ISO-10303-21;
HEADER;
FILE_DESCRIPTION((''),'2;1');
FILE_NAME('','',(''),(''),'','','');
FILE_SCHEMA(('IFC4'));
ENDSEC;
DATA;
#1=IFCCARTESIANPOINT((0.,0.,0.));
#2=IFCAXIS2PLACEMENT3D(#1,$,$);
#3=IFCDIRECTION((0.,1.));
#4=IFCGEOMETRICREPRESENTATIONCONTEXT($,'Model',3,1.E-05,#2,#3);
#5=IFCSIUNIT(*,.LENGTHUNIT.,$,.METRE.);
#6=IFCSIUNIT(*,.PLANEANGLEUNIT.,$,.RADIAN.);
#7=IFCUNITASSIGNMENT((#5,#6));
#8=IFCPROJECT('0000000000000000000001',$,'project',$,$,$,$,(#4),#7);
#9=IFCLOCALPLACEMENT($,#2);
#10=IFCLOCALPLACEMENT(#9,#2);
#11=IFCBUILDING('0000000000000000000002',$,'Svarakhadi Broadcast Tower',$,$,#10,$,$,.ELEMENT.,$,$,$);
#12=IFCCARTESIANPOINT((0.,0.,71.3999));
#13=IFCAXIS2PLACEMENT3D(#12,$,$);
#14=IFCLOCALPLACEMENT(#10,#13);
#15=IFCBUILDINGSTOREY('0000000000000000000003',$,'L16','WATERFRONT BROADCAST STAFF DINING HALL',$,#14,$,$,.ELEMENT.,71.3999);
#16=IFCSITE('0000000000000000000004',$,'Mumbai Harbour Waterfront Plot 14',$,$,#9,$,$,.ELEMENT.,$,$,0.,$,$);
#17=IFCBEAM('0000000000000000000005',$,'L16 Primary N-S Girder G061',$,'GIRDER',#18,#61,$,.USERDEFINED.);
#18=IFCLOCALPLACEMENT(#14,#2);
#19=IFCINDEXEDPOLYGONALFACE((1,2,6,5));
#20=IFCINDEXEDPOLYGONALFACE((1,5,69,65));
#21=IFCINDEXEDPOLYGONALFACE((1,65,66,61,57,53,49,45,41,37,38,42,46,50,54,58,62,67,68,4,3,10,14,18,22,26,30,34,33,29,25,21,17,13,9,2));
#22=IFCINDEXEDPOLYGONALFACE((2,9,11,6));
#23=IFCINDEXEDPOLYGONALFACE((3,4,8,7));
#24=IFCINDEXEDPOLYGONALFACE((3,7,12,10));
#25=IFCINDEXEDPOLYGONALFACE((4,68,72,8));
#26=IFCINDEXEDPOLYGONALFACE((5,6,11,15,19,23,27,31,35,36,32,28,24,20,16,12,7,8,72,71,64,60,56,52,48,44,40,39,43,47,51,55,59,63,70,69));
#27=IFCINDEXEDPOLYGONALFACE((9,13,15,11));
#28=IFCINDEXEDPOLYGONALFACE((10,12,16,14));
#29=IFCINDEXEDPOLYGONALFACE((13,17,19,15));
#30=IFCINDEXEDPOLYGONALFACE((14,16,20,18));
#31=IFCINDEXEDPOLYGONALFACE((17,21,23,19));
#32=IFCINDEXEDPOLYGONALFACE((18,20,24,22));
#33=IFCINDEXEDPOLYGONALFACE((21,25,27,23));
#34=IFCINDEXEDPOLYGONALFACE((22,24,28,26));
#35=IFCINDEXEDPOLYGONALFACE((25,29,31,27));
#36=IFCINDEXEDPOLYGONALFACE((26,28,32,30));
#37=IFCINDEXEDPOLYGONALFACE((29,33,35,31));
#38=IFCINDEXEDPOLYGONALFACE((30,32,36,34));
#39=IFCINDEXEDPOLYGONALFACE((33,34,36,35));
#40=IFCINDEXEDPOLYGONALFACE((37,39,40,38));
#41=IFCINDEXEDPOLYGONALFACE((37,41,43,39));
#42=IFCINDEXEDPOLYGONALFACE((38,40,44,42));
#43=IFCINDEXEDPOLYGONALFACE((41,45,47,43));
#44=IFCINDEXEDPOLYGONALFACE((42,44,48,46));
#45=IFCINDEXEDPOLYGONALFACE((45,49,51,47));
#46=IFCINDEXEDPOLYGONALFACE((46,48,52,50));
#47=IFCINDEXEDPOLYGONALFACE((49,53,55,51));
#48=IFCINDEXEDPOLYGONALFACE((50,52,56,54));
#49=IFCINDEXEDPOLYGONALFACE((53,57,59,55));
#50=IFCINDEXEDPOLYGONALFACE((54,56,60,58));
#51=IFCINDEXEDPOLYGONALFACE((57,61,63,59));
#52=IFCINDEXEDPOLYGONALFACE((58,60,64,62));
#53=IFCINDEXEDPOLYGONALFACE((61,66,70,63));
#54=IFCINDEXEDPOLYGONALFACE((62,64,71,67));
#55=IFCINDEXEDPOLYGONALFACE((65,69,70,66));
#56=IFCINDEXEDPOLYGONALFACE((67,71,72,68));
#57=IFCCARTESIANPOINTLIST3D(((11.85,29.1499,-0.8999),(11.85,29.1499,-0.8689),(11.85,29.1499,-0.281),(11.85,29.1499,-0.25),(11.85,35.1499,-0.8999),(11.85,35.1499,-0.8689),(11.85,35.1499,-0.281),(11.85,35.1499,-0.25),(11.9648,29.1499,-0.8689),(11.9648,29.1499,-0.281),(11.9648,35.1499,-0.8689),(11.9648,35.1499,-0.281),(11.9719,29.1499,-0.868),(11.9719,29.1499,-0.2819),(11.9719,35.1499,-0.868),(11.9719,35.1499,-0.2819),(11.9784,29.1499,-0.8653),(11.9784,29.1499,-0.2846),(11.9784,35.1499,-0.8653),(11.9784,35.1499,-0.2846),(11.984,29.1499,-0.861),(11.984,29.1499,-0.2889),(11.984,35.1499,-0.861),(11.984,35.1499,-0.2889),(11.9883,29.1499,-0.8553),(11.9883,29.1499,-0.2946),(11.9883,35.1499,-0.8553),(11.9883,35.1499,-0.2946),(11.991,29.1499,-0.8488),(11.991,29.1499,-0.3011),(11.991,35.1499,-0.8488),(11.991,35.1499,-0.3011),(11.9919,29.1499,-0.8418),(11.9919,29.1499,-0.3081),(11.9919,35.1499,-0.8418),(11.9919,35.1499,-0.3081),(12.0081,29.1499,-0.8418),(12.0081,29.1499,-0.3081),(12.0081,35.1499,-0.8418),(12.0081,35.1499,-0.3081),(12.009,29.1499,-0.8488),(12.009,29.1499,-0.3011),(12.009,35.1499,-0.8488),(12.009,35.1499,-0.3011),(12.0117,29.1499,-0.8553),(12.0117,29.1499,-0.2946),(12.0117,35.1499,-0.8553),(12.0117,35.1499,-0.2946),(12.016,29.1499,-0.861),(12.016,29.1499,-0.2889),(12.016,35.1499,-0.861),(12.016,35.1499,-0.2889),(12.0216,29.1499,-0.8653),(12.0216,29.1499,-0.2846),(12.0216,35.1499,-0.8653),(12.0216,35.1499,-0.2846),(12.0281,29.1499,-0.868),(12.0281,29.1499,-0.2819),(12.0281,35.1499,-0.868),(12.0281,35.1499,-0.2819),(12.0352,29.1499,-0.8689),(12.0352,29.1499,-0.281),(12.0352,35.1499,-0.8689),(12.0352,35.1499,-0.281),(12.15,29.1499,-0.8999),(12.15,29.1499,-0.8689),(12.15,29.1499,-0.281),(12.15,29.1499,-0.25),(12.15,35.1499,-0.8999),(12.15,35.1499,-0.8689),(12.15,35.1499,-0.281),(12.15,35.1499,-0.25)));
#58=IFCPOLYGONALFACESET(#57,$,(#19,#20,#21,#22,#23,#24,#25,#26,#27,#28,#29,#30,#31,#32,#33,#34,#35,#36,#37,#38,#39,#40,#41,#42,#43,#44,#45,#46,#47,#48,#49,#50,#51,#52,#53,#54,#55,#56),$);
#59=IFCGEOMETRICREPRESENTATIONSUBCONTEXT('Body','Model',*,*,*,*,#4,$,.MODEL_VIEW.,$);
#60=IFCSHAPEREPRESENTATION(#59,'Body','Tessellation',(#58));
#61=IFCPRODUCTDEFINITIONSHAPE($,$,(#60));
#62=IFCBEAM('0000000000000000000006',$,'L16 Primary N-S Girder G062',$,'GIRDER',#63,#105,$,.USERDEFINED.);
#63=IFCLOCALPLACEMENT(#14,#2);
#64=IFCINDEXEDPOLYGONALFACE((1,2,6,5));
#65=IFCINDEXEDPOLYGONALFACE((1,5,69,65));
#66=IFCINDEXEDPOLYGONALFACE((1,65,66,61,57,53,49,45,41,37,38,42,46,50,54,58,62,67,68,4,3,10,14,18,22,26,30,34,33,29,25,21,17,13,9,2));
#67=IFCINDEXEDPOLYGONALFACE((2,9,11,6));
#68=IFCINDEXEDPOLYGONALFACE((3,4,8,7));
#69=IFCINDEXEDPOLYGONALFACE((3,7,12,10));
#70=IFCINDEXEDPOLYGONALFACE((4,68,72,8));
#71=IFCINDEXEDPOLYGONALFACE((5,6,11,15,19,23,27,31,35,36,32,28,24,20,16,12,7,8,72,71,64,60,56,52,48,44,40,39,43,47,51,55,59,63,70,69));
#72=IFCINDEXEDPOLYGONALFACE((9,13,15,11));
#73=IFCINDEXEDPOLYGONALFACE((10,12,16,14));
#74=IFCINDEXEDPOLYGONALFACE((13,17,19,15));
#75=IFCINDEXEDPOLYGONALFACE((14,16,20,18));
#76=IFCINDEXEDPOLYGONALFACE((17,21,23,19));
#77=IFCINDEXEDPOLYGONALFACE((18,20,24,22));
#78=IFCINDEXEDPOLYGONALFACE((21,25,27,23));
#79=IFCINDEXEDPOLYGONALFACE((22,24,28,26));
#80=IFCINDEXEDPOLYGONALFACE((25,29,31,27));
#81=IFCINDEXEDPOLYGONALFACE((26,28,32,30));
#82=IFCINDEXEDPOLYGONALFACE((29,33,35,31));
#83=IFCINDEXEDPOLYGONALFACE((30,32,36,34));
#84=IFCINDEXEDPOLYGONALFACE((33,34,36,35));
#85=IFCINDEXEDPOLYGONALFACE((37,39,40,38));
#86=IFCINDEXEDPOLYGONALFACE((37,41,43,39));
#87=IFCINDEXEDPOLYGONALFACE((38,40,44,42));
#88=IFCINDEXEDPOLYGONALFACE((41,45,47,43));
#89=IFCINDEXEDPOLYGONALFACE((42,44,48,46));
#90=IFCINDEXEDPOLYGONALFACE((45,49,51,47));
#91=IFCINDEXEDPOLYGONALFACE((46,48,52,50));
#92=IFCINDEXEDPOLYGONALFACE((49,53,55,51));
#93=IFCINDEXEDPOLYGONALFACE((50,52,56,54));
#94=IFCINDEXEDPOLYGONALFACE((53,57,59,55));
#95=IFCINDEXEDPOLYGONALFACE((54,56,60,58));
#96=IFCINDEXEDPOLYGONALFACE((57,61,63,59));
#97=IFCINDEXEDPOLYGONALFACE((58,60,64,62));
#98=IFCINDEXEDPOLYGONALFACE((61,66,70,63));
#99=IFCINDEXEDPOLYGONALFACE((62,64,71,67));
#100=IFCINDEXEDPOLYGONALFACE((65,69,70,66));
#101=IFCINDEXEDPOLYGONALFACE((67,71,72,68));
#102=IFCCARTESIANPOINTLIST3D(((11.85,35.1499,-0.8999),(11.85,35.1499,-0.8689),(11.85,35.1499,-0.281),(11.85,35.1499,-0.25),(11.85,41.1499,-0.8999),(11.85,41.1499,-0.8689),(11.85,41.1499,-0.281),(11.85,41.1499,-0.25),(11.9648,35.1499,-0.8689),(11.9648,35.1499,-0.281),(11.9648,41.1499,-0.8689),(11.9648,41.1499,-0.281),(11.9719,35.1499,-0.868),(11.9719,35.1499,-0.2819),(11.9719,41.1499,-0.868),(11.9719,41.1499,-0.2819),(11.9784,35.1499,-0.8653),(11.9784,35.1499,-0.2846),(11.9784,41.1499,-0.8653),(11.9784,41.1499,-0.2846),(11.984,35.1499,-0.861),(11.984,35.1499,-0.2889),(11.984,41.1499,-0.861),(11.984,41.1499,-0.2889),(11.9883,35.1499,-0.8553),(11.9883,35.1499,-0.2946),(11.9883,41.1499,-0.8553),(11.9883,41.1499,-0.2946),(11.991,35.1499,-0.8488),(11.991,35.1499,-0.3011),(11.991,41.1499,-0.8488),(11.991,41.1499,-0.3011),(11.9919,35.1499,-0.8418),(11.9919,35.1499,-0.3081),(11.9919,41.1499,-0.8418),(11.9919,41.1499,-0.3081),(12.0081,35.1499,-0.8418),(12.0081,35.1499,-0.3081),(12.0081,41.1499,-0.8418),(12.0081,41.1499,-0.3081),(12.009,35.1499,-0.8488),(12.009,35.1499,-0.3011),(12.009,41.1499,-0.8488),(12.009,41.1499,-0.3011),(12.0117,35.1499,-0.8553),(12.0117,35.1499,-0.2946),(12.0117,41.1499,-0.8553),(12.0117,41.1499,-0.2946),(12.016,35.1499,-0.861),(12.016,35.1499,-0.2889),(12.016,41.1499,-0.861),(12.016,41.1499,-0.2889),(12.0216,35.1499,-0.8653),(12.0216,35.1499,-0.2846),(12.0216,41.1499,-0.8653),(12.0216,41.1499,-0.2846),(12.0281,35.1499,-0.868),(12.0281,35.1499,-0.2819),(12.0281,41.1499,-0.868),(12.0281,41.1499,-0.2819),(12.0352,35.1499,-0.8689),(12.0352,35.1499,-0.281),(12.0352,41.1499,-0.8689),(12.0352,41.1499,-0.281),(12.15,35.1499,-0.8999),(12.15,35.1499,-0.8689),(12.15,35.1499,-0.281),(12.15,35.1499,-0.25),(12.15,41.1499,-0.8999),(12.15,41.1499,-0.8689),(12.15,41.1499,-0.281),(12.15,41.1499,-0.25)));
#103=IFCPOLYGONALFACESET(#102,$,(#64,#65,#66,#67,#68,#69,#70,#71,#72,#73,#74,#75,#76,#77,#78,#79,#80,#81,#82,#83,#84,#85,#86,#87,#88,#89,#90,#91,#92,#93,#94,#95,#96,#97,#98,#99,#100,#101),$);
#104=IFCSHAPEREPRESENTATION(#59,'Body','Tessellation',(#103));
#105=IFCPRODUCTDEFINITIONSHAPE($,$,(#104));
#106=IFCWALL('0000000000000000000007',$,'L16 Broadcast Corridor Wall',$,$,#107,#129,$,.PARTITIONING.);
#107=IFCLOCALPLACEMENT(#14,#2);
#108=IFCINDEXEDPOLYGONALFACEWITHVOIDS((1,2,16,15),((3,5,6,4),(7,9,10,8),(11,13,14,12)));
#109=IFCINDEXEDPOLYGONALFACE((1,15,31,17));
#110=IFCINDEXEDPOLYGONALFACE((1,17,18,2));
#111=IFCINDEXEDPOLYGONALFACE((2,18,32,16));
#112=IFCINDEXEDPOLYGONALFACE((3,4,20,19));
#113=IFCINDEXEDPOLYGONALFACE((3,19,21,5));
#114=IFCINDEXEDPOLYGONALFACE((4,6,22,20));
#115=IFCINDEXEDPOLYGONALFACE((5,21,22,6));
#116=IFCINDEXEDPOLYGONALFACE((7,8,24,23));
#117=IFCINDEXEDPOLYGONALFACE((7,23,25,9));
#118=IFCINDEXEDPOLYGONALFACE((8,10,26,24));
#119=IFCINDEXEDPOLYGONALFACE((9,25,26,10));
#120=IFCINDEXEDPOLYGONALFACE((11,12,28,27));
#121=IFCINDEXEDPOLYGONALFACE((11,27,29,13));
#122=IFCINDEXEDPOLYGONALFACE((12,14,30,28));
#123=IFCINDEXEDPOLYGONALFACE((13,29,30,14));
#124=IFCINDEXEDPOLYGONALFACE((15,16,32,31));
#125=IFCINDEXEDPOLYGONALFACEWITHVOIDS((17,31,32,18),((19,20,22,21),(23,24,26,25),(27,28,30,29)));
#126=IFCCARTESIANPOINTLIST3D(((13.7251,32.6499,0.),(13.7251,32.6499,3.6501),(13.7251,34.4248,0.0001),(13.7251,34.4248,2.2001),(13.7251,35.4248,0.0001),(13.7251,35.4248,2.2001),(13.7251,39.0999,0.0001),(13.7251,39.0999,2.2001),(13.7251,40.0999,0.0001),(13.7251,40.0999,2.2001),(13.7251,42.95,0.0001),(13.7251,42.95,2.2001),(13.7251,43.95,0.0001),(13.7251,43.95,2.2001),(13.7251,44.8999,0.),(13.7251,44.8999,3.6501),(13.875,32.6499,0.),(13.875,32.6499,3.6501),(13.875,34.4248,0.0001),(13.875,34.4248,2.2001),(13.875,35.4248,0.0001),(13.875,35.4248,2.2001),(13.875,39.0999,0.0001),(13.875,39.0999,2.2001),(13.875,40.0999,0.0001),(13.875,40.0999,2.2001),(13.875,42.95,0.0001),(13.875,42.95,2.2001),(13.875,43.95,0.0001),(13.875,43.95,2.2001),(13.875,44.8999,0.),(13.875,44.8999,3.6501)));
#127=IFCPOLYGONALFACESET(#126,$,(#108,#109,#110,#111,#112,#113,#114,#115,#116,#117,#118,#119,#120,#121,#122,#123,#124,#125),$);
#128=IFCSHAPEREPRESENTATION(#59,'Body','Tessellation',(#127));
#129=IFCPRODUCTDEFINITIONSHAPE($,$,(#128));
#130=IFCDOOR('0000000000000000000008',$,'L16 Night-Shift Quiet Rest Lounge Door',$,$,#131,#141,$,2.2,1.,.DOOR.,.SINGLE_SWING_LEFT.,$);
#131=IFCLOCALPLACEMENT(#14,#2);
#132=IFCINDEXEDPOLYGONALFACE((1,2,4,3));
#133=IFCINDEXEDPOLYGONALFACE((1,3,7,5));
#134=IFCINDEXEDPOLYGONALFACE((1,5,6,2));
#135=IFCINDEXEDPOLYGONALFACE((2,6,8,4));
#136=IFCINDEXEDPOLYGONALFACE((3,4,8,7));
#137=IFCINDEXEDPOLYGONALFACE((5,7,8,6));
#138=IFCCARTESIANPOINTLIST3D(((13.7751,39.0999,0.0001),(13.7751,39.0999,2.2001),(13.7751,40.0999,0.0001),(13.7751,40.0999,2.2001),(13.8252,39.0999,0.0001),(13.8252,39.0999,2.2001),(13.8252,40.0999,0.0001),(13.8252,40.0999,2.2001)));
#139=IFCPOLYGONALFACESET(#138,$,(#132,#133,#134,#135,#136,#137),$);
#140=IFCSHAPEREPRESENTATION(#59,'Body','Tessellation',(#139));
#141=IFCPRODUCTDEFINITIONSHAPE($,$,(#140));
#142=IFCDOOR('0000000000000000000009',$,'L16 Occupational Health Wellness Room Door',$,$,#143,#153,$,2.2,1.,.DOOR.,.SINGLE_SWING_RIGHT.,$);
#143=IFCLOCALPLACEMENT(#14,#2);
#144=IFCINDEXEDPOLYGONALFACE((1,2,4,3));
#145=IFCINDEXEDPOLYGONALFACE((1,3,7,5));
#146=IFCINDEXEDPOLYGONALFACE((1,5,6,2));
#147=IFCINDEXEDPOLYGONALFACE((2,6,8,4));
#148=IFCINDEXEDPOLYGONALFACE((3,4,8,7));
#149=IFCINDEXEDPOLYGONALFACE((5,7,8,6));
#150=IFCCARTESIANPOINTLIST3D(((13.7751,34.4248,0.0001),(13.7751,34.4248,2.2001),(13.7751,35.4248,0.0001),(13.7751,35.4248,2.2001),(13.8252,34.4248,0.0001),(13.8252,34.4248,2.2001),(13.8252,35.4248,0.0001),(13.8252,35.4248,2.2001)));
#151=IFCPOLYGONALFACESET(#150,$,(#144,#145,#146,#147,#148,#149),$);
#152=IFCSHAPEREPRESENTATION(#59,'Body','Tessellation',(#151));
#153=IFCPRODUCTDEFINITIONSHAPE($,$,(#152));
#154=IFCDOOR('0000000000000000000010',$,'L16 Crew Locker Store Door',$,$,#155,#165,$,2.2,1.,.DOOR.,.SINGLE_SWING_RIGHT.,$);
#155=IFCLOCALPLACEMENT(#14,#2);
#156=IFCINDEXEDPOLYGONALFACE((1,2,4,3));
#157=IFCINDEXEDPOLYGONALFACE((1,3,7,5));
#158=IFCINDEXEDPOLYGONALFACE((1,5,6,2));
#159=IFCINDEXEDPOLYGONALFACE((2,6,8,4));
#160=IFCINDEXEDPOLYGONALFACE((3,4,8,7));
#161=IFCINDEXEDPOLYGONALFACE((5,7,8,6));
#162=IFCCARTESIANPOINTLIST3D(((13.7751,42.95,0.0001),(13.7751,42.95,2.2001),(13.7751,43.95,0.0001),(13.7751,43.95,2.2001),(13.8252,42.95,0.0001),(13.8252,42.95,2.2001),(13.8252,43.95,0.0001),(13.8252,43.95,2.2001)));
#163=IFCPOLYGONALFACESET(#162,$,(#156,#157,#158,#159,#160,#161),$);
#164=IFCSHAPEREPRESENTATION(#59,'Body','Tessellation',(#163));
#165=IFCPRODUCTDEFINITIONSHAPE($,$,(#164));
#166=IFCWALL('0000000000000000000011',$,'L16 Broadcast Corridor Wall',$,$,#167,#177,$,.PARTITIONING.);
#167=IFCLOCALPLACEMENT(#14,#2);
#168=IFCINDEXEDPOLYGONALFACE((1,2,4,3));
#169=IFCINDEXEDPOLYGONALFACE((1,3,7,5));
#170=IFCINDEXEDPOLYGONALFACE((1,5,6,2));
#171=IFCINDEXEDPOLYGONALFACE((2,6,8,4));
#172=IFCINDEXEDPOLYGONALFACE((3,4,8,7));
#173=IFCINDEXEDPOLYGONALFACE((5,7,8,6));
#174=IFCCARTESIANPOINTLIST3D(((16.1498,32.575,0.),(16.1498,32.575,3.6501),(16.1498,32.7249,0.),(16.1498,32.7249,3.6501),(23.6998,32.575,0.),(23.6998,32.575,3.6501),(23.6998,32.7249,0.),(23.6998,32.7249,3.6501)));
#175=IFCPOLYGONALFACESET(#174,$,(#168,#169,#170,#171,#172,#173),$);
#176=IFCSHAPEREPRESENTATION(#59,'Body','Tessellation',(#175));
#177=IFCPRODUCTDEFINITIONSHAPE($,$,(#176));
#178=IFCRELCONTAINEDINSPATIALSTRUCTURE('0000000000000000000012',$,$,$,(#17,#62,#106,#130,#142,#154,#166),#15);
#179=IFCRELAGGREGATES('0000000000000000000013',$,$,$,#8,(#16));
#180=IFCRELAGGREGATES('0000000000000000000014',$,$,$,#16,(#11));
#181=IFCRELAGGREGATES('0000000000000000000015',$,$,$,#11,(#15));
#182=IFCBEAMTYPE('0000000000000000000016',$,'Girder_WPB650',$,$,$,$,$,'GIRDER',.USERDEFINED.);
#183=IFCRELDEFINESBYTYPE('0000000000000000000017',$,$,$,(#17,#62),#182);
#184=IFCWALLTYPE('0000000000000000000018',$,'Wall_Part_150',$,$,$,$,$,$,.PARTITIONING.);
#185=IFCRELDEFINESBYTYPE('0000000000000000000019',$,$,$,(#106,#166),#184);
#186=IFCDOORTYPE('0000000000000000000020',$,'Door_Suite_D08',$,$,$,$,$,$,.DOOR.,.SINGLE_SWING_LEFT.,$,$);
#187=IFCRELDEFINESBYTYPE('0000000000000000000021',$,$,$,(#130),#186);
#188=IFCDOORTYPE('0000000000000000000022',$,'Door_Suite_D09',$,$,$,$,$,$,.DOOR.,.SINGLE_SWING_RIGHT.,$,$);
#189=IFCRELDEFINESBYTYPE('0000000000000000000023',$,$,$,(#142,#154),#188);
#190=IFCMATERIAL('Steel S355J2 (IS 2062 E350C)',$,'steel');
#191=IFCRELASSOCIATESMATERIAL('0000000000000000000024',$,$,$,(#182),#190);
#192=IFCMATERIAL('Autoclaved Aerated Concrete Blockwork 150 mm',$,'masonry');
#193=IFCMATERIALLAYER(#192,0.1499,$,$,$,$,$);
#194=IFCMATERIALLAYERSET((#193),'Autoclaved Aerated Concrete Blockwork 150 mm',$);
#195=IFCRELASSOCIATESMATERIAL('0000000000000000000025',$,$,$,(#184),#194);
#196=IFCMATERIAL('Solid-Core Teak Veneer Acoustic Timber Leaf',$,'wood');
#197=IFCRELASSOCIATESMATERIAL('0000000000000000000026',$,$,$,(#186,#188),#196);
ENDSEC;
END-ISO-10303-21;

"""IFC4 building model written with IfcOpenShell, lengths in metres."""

from ifc_helpers import new_model, si_unit, direction, frame, frame_2d, origin, origin_2d, place, context, subcontext, project, spatial, rectangle, i_section, extrude, material, layer, layer_set, material_profile, profile_set, type_object, element, fill, save


model = new_model("IFC4")

# Units and contexts
model_context = context("Model", 3, precision=1e-05, world=origin(), true_north=direction((0.0, 1.0)))
body_context = subcontext(model_context, "Body", "Model", "MODEL_VIEW")
ifc_project = project(units=[si_unit("LENGTHUNIT", "METRE"), si_unit("PLANEANGLEUNIT", "RADIAN")], contexts=[model_context])

# Site, building, storey
site_placement = place(None, origin())
site = spatial("IfcSite", under=ifc_project, at=site_placement, Name="Mumbai Harbour Waterfront Plot 14", CompositionType="ELEMENT", RefElevation=0.0)
building_placement = place(site_placement, origin())
building = spatial("IfcBuilding", under=site, at=building_placement, Name="Svarakhadi Broadcast Tower", CompositionType="ELEMENT")
storey_placement = place(building_placement, frame((0.0, 0.0, 71.3999)))
storey = spatial("IfcBuildingStorey", under=building, at=storey_placement, Name="L16", Description="WATERFRONT BROADCAST STAFF DINING HALL", CompositionType="ELEMENT", Elevation=71.3999)

# Beams
ifc_material_1 = material(Name="Steel S355J2 (IS 2062 E350C)", Category="steel")
ifc_material_profile_1 = material_profile(ifc_material_1, i_section(OverallWidth=0.3, OverallDepth=0.6499, WebThickness=0.0161, FlangeThickness=0.031, FilletRadius=0.0271, at=origin_2d()), Name="WPB 650x300x225")
ifc_profile_set_1 = profile_set([ifc_material_profile_1], Name="Steel S355J2 (IS 2062 E350C)")
beam_type_1 = type_object("IfcBeamType", Name="Girder_WPB650", ElementType="GIRDER", PredefinedType="USERDEFINED", material=ifc_profile_set_1)
for number, where, z_axis, x_axis, name in (
    (1, (12.0, 29.1499, -0.575), (0.0, 1.0, 0.0), (-1.0, 0.0, 0.0), "L16 Primary N-S Girder G061"),
    (2, (12.0, 35.1499, -0.575), (0.0, 1.0, 0.0), (-1.0, 0.0, 0.0), "L16 Primary N-S Girder G062"),
):
    element("IfcBeam", number, at=place(storey_placement, frame(where, z_axis=z_axis, x_axis=x_axis)), inside=storey, type_object=beam_type_1, Name=name, ObjectType="GIRDER", PredefinedType="USERDEFINED", context=body_context, shape_type="SweptSolid", body=[
        extrude(i_section(OverallWidth=0.3, OverallDepth=0.6499, WebThickness=0.0161, FlangeThickness=0.031, FilletRadius=0.0271, at=origin_2d()), origin(), (0.0, 0.0, 1.0), 6.0),
    ])

# Wall, openings, doors
ifc_material_2 = material(Name="Autoclaved Aerated Concrete Blockwork 150 mm", Category="masonry")
ifc_layer = layer(ifc_material_2, 0.1499)
ifc_layer_set = layer_set([ifc_layer], Name="Autoclaved Aerated Concrete Blockwork 150 mm")
wall_type = type_object("IfcWallType", Name="Wall_Part_150", PredefinedType="PARTITIONING", material=ifc_layer_set)
wall_1_placement = place(storey_placement, frame((13.8, 32.6499, 0.0), z_axis=(0.0, 0.0, 1.0), x_axis=(0.0, 1.0, 0.0)))
wall_1 = element("IfcWall", 3, at=wall_1_placement, inside=storey, type_object=wall_type, Name="L16 Broadcast Corridor Wall", PredefinedType="PARTITIONING", context=body_context, shape_type="SweptSolid", body=[
    extrude(rectangle(XDim=12.25, YDim=0.1499, at=frame_2d((6.125, 0.0))), origin(), (0.0, 0.0, 1.0), 3.6501),
])
opening_1_placement = place(wall_1_placement, frame((1.7749, 0.0, 0.0)))
opening_1 = element("IfcOpeningElement", 4, at=opening_1_placement, cuts=wall_1, PredefinedType="OPENING", context=body_context, shape_type="SweptSolid", body=[
    extrude(rectangle(XDim=1.0, YDim=2.2, at=frame_2d((0.5, 1.1001))), frame((0.0, 0.085, 0.0), z_axis=(0.0, -1.0, 0.0), x_axis=(1.0, 0.0, 0.0)), (0.0, 0.0, 1.0), 0.1699),
])
opening_2_placement = place(wall_1_placement, frame((6.45, 0.0, 0.0)))
opening_2 = element("IfcOpeningElement", 5, at=opening_2_placement, cuts=wall_1, PredefinedType="OPENING", context=body_context, shape_type="SweptSolid", body=[
    extrude(rectangle(XDim=1.0, YDim=2.2, at=frame_2d((0.5, 1.1001))), frame((0.0, 0.085, 0.0), z_axis=(0.0, -1.0, 0.0), x_axis=(1.0, 0.0, 0.0)), (0.0, 0.0, 1.0), 0.1699),
])
opening_3_placement = place(wall_1_placement, frame((10.3, 0.0, 0.0)))
opening_3 = element("IfcOpeningElement", 6, at=opening_3_placement, cuts=wall_1, PredefinedType="OPENING", context=body_context, shape_type="SweptSolid", body=[
    extrude(rectangle(XDim=1.0, YDim=2.2, at=frame_2d((0.5, 1.1001))), frame((0.0, 0.085, 0.0), z_axis=(0.0, -1.0, 0.0), x_axis=(1.0, 0.0, 0.0)), (0.0, 0.0, 1.0), 0.1699),
])
ifc_material_3 = material(Name="Solid-Core Teak Veneer Acoustic Timber Leaf", Category="wood")
door_type_1 = type_object("IfcDoorType", Name="Door_Suite_D08", OperationType="SINGLE_SWING_LEFT", PredefinedType="DOOR", material=ifc_material_3)
door_1_placement = place(opening_2_placement, origin())
door_1 = element("IfcDoor", 7, at=door_1_placement, inside=storey, type_object=door_type_1, Name="L16 Night-Shift Quiet Rest Lounge Door", OperationType="SINGLE_SWING_LEFT", OverallHeight=2.2, OverallWidth=1.0, PredefinedType="DOOR", context=body_context, shape_type="SweptSolid", body=[
    extrude(rectangle(XDim=1.0, YDim=2.2, at=frame_2d((0.5, 1.1001))), frame((0.0, 0.0249, 0.0), z_axis=(0.0, -1.0, 0.0), x_axis=(1.0, 0.0, 0.0)), (0.0, 0.0, 1.0), 0.05),
])
fill(opening_2, door_1)
door_type_2 = type_object("IfcDoorType", Name="Door_Suite_D09", OperationType="SINGLE_SWING_RIGHT", PredefinedType="DOOR", material=ifc_material_3)
door_2_placement = place(opening_1_placement, origin())
door_2 = element("IfcDoor", 8, at=door_2_placement, inside=storey, type_object=door_type_2, Name="L16 Occupational Health Wellness Room Door", OperationType="SINGLE_SWING_RIGHT", OverallHeight=2.2, OverallWidth=1.0, PredefinedType="DOOR", context=body_context, shape_type="SweptSolid", body=[
    extrude(rectangle(XDim=1.0, YDim=2.2, at=frame_2d((0.5, 1.1001))), frame((0.0, 0.0249, 0.0), z_axis=(0.0, -1.0, 0.0), x_axis=(1.0, 0.0, 0.0)), (0.0, 0.0, 1.0), 0.05),
])
fill(opening_1, door_2)
door_3_placement = place(opening_3_placement, origin())
door_3 = element("IfcDoor", 9, at=door_3_placement, inside=storey, type_object=door_type_2, Name="L16 Crew Locker Store Door", OperationType="SINGLE_SWING_RIGHT", OverallHeight=2.2, OverallWidth=1.0, PredefinedType="DOOR", context=body_context, shape_type="SweptSolid", body=[
    extrude(rectangle(XDim=1.0, YDim=2.2, at=frame_2d((0.5, 1.1001))), frame((0.0, 0.0249, 0.0), z_axis=(0.0, -1.0, 0.0), x_axis=(1.0, 0.0, 0.0)), (0.0, 0.0, 1.0), 0.05),
])
fill(opening_3, door_3)

# Wall
wall_2_placement = place(storey_placement, frame((16.1499, 32.6499, 0.0), z_axis=(0.0, 0.0, 1.0), x_axis=(1.0, 0.0, 0.0)))
element("IfcWall", 10, at=wall_2_placement, inside=storey, type_object=wall_type, Name="L16 Broadcast Corridor Wall", PredefinedType="PARTITIONING", context=body_context, shape_type="SweptSolid", body=[
    extrude(rectangle(XDim=7.55, YDim=0.1499, at=frame_2d((3.7749, 0.0))), origin(), (0.0, 0.0, 1.0), 3.6501),
])

save(model, "model.ifc")
